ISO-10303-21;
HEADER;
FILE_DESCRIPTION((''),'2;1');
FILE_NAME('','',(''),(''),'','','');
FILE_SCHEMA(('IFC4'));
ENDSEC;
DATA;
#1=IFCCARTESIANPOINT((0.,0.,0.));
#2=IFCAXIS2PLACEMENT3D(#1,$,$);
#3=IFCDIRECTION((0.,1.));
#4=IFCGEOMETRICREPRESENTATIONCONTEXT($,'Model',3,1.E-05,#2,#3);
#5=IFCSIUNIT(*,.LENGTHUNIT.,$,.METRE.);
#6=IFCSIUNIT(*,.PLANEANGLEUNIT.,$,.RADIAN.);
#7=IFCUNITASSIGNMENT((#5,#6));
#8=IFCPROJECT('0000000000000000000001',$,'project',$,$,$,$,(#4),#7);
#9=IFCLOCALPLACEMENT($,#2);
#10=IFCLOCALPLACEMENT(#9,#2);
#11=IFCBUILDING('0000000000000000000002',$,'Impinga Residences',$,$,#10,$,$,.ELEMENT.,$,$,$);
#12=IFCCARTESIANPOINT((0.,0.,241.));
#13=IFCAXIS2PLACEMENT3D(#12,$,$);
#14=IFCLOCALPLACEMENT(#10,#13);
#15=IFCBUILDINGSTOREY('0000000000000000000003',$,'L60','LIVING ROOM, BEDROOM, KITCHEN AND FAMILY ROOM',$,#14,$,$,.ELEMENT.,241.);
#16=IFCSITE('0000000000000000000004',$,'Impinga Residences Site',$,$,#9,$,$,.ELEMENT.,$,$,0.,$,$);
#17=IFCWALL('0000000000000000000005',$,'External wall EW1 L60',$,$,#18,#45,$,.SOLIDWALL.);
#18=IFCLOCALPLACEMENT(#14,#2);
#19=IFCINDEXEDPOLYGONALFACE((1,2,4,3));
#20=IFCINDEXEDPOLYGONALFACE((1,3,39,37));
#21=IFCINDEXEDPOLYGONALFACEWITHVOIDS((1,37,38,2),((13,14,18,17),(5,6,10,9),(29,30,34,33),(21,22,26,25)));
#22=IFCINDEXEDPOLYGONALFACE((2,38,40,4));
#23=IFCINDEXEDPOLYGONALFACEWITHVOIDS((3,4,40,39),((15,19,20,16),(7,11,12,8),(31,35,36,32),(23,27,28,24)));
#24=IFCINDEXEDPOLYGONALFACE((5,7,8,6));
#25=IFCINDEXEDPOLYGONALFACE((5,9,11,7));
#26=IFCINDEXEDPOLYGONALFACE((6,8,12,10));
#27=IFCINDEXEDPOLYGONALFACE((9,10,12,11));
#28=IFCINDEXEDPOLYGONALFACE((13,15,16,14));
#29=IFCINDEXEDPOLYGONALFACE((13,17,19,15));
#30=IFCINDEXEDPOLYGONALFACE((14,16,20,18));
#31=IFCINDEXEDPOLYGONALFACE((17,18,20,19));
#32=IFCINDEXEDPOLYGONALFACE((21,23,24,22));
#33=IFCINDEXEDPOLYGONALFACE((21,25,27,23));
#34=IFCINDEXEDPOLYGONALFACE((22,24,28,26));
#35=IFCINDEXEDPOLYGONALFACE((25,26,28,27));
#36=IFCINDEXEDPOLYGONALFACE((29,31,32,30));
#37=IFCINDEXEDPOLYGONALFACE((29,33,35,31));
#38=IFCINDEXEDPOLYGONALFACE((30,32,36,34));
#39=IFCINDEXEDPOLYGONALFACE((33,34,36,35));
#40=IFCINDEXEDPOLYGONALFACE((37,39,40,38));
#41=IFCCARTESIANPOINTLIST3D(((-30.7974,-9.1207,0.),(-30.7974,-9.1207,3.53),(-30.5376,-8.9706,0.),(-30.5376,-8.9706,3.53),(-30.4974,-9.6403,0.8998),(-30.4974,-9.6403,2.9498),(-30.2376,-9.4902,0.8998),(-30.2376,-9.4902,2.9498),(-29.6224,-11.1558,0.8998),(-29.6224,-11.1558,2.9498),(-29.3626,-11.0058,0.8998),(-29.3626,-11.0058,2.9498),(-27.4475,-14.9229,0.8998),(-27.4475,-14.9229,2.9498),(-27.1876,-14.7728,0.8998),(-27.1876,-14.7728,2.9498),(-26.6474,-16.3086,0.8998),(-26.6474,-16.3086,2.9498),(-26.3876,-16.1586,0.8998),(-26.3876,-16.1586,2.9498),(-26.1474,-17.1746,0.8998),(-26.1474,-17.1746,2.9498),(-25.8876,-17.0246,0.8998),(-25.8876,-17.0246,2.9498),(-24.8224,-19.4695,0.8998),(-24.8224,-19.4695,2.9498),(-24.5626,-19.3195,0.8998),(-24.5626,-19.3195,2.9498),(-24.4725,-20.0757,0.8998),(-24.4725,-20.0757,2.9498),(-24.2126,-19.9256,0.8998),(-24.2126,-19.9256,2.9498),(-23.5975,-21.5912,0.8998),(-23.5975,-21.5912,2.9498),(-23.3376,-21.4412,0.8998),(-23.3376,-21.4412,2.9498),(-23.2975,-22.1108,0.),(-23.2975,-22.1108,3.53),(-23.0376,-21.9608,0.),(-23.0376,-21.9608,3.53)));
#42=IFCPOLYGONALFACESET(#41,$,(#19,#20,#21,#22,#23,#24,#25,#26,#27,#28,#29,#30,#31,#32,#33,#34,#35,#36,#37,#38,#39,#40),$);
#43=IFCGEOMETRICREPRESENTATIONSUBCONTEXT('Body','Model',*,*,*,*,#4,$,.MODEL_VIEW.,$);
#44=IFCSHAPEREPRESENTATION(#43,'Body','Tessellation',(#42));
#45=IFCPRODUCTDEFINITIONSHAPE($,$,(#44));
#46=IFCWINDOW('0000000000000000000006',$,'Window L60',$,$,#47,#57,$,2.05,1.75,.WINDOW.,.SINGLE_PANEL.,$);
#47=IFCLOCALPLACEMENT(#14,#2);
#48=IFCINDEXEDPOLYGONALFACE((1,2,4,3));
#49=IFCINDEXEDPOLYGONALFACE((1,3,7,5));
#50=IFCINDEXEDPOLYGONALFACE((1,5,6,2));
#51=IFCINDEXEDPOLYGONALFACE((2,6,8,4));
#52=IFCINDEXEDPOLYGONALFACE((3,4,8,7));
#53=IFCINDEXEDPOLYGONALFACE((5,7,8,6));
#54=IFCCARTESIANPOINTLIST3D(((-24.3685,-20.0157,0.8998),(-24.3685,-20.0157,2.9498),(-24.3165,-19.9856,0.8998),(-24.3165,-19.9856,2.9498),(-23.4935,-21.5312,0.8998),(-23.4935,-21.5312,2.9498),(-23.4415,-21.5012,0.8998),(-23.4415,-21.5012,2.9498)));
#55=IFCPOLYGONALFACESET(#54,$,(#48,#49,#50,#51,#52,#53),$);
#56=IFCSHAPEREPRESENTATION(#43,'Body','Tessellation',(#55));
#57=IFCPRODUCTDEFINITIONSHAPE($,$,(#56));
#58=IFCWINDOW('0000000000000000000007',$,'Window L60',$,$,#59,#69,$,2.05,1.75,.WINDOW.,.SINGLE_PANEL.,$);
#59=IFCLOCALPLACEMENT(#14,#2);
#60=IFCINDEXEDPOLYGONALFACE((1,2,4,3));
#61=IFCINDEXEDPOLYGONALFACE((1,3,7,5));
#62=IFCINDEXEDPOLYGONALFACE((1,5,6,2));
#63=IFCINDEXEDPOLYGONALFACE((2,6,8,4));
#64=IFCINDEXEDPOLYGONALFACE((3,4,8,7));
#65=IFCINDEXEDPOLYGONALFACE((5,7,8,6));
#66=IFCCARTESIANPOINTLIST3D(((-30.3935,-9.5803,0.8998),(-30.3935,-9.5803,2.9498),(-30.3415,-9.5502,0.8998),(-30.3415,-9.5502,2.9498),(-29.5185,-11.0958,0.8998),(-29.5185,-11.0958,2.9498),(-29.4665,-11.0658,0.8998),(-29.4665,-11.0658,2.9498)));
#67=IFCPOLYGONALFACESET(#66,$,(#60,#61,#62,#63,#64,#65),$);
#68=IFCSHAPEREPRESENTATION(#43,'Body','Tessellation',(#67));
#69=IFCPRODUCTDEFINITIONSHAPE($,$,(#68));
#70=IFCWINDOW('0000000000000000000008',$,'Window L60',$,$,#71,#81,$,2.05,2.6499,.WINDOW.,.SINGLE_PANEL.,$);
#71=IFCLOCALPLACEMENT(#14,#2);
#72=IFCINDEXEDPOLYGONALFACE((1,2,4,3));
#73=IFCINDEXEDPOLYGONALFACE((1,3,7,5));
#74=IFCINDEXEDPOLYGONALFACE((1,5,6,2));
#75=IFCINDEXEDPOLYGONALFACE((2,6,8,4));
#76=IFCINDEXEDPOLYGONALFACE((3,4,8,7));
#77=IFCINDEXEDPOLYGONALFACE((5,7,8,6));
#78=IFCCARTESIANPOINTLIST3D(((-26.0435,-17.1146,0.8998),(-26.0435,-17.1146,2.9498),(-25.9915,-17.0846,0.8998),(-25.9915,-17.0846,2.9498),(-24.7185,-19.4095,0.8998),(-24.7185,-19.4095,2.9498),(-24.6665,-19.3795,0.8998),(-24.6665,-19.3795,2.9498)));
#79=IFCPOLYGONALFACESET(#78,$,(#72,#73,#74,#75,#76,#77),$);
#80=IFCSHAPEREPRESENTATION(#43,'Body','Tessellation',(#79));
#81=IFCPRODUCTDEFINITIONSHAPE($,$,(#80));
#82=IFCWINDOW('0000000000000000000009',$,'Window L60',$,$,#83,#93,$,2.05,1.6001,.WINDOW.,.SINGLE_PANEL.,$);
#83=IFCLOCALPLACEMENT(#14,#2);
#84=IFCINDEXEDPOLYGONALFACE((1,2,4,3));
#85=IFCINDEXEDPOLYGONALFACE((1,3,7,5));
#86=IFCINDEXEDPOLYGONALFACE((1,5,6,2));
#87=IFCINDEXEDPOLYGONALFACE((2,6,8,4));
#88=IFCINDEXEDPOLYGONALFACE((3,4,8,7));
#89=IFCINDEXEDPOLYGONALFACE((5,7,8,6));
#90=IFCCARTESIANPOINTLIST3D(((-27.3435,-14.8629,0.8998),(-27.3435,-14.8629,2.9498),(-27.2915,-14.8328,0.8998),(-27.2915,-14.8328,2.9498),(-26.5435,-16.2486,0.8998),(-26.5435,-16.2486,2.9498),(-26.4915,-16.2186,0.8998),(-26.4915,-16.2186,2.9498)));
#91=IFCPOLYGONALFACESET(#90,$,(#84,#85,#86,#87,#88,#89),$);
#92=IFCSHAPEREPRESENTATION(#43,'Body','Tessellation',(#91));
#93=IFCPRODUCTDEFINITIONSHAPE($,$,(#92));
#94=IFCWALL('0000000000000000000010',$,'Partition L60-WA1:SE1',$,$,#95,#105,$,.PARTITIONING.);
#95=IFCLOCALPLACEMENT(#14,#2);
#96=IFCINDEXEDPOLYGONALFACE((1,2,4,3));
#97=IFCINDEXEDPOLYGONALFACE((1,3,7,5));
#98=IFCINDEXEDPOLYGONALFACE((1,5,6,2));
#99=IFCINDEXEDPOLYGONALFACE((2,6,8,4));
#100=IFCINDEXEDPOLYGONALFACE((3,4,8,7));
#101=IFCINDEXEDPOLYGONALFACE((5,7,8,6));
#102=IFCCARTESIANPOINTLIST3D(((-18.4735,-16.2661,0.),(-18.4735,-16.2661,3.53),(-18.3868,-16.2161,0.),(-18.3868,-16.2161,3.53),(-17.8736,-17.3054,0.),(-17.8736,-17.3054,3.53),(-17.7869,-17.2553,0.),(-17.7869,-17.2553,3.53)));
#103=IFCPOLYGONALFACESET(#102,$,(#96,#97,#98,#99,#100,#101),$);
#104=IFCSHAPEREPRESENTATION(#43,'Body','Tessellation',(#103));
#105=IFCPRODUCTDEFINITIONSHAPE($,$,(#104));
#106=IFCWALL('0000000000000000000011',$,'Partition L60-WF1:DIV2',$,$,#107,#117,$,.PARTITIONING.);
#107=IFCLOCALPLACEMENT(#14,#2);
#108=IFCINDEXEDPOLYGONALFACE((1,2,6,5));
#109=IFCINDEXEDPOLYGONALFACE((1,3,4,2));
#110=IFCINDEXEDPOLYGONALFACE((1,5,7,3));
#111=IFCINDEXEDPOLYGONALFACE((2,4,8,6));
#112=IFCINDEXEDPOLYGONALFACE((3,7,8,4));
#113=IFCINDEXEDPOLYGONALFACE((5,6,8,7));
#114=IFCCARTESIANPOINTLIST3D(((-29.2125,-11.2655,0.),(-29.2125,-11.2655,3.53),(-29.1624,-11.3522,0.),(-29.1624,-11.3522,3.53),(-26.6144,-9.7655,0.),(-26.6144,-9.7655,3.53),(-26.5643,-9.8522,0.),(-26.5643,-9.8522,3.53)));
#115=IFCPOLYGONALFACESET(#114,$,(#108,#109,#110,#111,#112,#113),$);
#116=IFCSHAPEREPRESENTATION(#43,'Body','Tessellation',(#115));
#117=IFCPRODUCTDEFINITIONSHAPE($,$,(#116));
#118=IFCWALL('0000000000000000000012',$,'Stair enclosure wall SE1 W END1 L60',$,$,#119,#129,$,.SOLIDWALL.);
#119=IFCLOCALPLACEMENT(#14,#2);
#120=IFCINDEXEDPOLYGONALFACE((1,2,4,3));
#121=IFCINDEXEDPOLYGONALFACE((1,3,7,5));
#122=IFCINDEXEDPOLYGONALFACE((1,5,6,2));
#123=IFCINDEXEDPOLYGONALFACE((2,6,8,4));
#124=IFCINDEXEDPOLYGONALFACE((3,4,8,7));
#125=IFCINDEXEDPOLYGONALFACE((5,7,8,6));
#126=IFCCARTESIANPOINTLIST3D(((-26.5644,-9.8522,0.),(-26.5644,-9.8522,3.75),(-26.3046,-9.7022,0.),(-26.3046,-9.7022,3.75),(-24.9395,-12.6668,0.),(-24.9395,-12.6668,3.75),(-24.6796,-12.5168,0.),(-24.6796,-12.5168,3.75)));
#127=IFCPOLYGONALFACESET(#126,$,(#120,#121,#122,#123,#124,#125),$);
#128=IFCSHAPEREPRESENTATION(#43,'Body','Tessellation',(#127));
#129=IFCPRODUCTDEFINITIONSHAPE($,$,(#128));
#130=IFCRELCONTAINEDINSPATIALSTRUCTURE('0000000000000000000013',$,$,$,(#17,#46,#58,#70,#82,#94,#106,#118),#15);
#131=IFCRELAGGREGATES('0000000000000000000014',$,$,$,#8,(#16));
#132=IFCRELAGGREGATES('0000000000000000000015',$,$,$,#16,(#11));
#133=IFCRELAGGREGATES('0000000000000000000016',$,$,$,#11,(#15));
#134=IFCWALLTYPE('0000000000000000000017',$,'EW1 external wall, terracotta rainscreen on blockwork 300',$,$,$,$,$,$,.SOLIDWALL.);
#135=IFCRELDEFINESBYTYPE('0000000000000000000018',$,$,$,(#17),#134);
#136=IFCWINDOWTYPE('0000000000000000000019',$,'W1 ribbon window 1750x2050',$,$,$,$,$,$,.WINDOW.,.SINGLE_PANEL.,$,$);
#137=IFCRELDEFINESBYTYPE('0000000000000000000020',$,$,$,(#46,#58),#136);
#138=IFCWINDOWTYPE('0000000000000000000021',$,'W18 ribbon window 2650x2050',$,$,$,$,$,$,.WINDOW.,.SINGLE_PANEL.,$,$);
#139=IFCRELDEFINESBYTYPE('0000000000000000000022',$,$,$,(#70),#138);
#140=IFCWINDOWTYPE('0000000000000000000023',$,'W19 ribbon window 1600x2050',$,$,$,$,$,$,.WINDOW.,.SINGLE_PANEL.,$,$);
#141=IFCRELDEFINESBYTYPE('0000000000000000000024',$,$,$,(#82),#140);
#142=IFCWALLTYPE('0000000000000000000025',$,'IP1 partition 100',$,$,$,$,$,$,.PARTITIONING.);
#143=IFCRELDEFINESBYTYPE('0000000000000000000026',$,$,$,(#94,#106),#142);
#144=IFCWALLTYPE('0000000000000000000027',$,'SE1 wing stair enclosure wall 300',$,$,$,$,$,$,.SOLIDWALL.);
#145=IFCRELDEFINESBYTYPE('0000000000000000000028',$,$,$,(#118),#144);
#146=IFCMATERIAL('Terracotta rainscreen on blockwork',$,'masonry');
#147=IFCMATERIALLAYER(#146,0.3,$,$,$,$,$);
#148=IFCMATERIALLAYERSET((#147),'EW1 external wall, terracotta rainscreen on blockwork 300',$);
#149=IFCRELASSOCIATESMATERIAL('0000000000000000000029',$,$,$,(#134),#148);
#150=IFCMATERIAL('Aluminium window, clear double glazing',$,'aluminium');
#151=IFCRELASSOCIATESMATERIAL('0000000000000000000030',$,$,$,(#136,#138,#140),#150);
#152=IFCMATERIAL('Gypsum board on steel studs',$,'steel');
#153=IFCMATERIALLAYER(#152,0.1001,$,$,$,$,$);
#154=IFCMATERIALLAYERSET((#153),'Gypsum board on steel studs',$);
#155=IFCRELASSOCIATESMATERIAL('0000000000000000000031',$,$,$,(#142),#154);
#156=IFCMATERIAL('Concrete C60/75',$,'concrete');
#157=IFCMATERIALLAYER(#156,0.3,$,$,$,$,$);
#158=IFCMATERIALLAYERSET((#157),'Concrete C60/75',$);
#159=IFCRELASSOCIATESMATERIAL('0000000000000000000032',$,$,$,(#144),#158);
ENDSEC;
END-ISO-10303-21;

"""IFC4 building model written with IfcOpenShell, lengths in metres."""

from ifc_helpers import new_model, si_unit, direction, frame, frame_2d, origin, place, context, subcontext, project, spatial, rectangle, extrude, material, layer, layer_set, type_object, element, fill, save


model = new_model("IFC4")

# Units and contexts
model_context = context("Model", 3, precision=1e-05, world=origin(), true_north=direction((0.0, 1.0)))
body_context = subcontext(model_context, "Body", "Model", "MODEL_VIEW")
ifc_project = project(units=[si_unit("LENGTHUNIT", "METRE"), si_unit("PLANEANGLEUNIT", "RADIAN")], contexts=[model_context])

# Site, building, storey
site_placement = place(None, origin())
site = spatial("IfcSite", under=ifc_project, at=site_placement, Name="Impinga Residences Site", CompositionType="ELEMENT", RefElevation=0.0)
building_placement = place(site_placement, origin())
building = spatial("IfcBuilding", under=site, at=building_placement, Name="Impinga Residences", CompositionType="ELEMENT")
storey_placement = place(building_placement, frame((0.0, 0.0, 241.0)))
storey = spatial("IfcBuildingStorey", under=building, at=storey_placement, Name="L60", Description="LIVING ROOM, BEDROOM, KITCHEN AND FAMILY ROOM", CompositionType="ELEMENT", Elevation=241.0)

# Shared definitions
ifc_material_1 = material(Name="Concrete C60/75", Category="concrete")

# Shared definitions
ifc_material_2 = material(Name="Terracotta rainscreen on blockwork", Category="masonry")
ifc_layer_1 = layer(ifc_material_2, 0.3)
ifc_layer_set_1 = layer_set([ifc_layer_1], Name="EW1 external wall, terracotta rainscreen on blockwork 300")
wall_type_1 = type_object("IfcWallType", Name="EW1 external wall, terracotta rainscreen on blockwork 300", PredefinedType="SOLIDWALL", material=ifc_layer_set_1)

# Wall, openings, windows
wall_1_placement = place(storey_placement, frame((-23.1675, -22.0359, 0.0), z_axis=(0.0, 0.0, 1.0), x_axis=(-0.500004, 0.866023, 0.0)))
wall_1 = element("IfcWall", 1, at=wall_1_placement, inside=storey, type_object=wall_type_1, Name="External wall EW1 L60", PredefinedType="SOLIDWALL", context=body_context, shape_type="SweptSolid", body=[
    extrude(rectangle(XDim=14.9998, YDim=0.3, at=frame_2d((7.5, 0.0))), origin(), (0.0, 0.0, 1.0), 3.53),
])
opening_1_placement = place(wall_1_placement, frame((0.6001, 0.0, 0.8999)))
opening_1 = element("IfcOpeningElement", 2, at=opening_1_placement, cuts=wall_1, PredefinedType="OPENING", context=body_context, shape_type="SweptSolid", body=[
    extrude(rectangle(XDim=1.75, YDim=2.05, at=frame_2d((0.875, 1.0249))), frame((0.0, 0.1599, 0.0), z_axis=(0.0, -1.0, 0.0), x_axis=(1.0, 0.0, 0.0)), (0.0, 0.0, 1.0), 0.3201),
])
opening_2_placement = place(wall_1_placement, frame((3.05, 0.0, 0.8999)))
opening_2 = element("IfcOpeningElement", 3, at=opening_2_placement, cuts=wall_1, PredefinedType="OPENING", context=body_context, shape_type="SweptSolid", body=[
    extrude(rectangle(XDim=2.6499, YDim=2.05, at=frame_2d((1.325, 1.0249))), frame((0.0, 0.1599, 0.0), z_axis=(0.0, -1.0, 0.0), x_axis=(1.0, 0.0, 0.0)), (0.0, 0.0, 1.0), 0.3201),
])
opening_3_placement = place(wall_1_placement, frame((6.7, 0.0, 0.8999)))
opening_3 = element("IfcOpeningElement", 4, at=opening_3_placement, cuts=wall_1, PredefinedType="OPENING", context=body_context, shape_type="SweptSolid", body=[
    extrude(rectangle(XDim=1.6001, YDim=2.05, at=frame_2d((0.8, 1.0249))), frame((0.0, 0.1599, 0.0), z_axis=(0.0, -1.0, 0.0), x_axis=(1.0, 0.0, 0.0)), (0.0, 0.0, 1.0), 0.3201),
])
opening_4_placement = place(wall_1_placement, frame((12.6499, 0.0, 0.8999)))
opening_4 = element("IfcOpeningElement", 5, at=opening_4_placement, cuts=wall_1, PredefinedType="OPENING", context=body_context, shape_type="SweptSolid", body=[
    extrude(rectangle(XDim=1.75, YDim=2.05, at=frame_2d((0.875, 1.0249))), frame((0.0, 0.1599, 0.0), z_axis=(0.0, -1.0, 0.0), x_axis=(1.0, 0.0, 0.0)), (0.0, 0.0, 1.0), 0.3201),
])
ifc_material_3 = material(Name="Aluminium window, clear double glazing", Category="aluminium")
window_type_1 = type_object("IfcWindowType", Name="W1 ribbon window 1750x2050", PartitioningType="SINGLE_PANEL", PredefinedType="WINDOW", material=ifc_material_3)
window_1_placement = place(opening_1_placement, origin())
window_1 = element("IfcWindow", 6, at=window_1_placement, inside=storey, type_object=window_type_1, Name="Window L60", OverallHeight=2.05, OverallWidth=1.75, PartitioningType="SINGLE_PANEL", PredefinedType="WINDOW", context=body_context, shape_type="SweptSolid", body=[
    extrude(rectangle(XDim=1.75, YDim=2.05, at=frame_2d((0.875, 1.0249))), frame((0.0, 0.03, 0.0), z_axis=(0.0, -1.0, 0.0), x_axis=(1.0, 0.0, 0.0)), (0.0, 0.0, 1.0), 0.0601),
])
fill(opening_1, window_1)
window_2_placement = place(opening_4_placement, origin())
window_2 = element("IfcWindow", 7, at=window_2_placement, inside=storey, type_object=window_type_1, Name="Window L60", OverallHeight=2.05, OverallWidth=1.75, PartitioningType="SINGLE_PANEL", PredefinedType="WINDOW", context=body_context, shape_type="SweptSolid", body=[
    extrude(rectangle(XDim=1.75, YDim=2.05, at=frame_2d((0.875, 1.0249))), frame((0.0, 0.03, 0.0), z_axis=(0.0, -1.0, 0.0), x_axis=(1.0, 0.0, 0.0)), (0.0, 0.0, 1.0), 0.0601),
])
fill(opening_4, window_2)
window_type_2 = type_object("IfcWindowType", Name="W18 ribbon window 2650x2050", PartitioningType="SINGLE_PANEL", PredefinedType="WINDOW", material=ifc_material_3)
window_3_placement = place(opening_2_placement, origin())
window_3 = element("IfcWindow", 8, at=window_3_placement, inside=storey, type_object=window_type_2, Name="Window L60", OverallHeight=2.05, OverallWidth=2.6499, PartitioningType="SINGLE_PANEL", PredefinedType="WINDOW", context=body_context, shape_type="SweptSolid", body=[
    extrude(rectangle(XDim=2.6499, YDim=2.05, at=frame_2d((1.325, 1.0249))), frame((0.0, 0.03, 0.0), z_axis=(0.0, -1.0, 0.0), x_axis=(1.0, 0.0, 0.0)), (0.0, 0.0, 1.0), 0.0601),
])
fill(opening_2, window_3)
window_type_3 = type_object("IfcWindowType", Name="W19 ribbon window 1600x2050", PartitioningType="SINGLE_PANEL", PredefinedType="WINDOW", material=ifc_material_3)
window_4_placement = place(opening_3_placement, origin())
window_4 = element("IfcWindow", 9, at=window_4_placement, inside=storey, type_object=window_type_3, Name="Window L60", OverallHeight=2.05, OverallWidth=1.6001, PartitioningType="SINGLE_PANEL", PredefinedType="WINDOW", context=body_context, shape_type="SweptSolid", body=[
    extrude(rectangle(XDim=1.6001, YDim=2.05, at=frame_2d((0.8, 1.0249))), frame((0.0, 0.03, 0.0), z_axis=(0.0, -1.0, 0.0), x_axis=(1.0, 0.0, 0.0)), (0.0, 0.0, 1.0), 0.0601),
])
fill(opening_3, window_4)

# Walls
ifc_material_4 = material(Name="Gypsum board on steel studs", Category="steel")
ifc_layer_2 = layer(ifc_material_4, 0.1001)
ifc_layer_set_2 = layer_set([ifc_layer_2], Name="Gypsum board on steel studs")
wall_type_2 = type_object("IfcWallType", Name="IP1 partition 100", PredefinedType="PARTITIONING", material=ifc_layer_set_2)
wall_2_placement = place(storey_placement, frame((-18.4302, -16.241, 0.0), z_axis=(0.0, 0.0, 1.0), x_axis=(0.499881, -0.866094, 0.0)))
element("IfcWall", 10, at=wall_2_placement, inside=storey, type_object=wall_type_2, Name="Partition L60-WA1:SE1", PredefinedType="PARTITIONING", context=body_context, shape_type="SweptSolid", body=[
    extrude(rectangle(XDim=1.2, YDim=0.1001, at=frame_2d((0.6001, 0.0))), origin(), (0.0, 0.0, 1.0), 3.53),
])
wall_3_placement = place(storey_placement, frame((-26.5894, -9.8088, 0.0), z_axis=(0.0, 0.0, 1.0), x_axis=(-0.866031, -0.49999, 0.0)))
element("IfcWall", 11, at=wall_3_placement, inside=storey, type_object=wall_type_2, Name="Partition L60-WF1:DIV2", PredefinedType="PARTITIONING", context=body_context, shape_type="SweptSolid", body=[
    extrude(rectangle(XDim=3.0, YDim=0.1001, at=frame_2d((1.5, 0.0))), origin(), (0.0, 0.0, 1.0), 3.53),
])
ifc_layer_3 = layer(ifc_material_1, 0.3)
ifc_layer_set_3 = layer_set([ifc_layer_3], Name="Concrete C60/75")
wall_type_3 = type_object("IfcWallType", Name="SE1 wing stair enclosure wall 300", PredefinedType="SOLIDWALL", material=ifc_layer_set_3)
wall_4_placement = place(storey_placement, frame((-24.8096, -12.5918, 0.0), z_axis=(0.0, 0.0, 1.0), x_axis=(-0.499985, 0.866034, 0.0)))
element("IfcWall", 12, at=wall_4_placement, inside=storey, type_object=wall_type_3, Name="Stair enclosure wall SE1 W END1 L60", PredefinedType="SOLIDWALL", context=body_context, shape_type="SweptSolid", body=[
    extrude(rectangle(XDim=3.25, YDim=0.3, at=frame_2d((1.625, 0.0))), origin(), (0.0, 0.0, 1.0), 3.75),
])

save(model, "model.ifc")
